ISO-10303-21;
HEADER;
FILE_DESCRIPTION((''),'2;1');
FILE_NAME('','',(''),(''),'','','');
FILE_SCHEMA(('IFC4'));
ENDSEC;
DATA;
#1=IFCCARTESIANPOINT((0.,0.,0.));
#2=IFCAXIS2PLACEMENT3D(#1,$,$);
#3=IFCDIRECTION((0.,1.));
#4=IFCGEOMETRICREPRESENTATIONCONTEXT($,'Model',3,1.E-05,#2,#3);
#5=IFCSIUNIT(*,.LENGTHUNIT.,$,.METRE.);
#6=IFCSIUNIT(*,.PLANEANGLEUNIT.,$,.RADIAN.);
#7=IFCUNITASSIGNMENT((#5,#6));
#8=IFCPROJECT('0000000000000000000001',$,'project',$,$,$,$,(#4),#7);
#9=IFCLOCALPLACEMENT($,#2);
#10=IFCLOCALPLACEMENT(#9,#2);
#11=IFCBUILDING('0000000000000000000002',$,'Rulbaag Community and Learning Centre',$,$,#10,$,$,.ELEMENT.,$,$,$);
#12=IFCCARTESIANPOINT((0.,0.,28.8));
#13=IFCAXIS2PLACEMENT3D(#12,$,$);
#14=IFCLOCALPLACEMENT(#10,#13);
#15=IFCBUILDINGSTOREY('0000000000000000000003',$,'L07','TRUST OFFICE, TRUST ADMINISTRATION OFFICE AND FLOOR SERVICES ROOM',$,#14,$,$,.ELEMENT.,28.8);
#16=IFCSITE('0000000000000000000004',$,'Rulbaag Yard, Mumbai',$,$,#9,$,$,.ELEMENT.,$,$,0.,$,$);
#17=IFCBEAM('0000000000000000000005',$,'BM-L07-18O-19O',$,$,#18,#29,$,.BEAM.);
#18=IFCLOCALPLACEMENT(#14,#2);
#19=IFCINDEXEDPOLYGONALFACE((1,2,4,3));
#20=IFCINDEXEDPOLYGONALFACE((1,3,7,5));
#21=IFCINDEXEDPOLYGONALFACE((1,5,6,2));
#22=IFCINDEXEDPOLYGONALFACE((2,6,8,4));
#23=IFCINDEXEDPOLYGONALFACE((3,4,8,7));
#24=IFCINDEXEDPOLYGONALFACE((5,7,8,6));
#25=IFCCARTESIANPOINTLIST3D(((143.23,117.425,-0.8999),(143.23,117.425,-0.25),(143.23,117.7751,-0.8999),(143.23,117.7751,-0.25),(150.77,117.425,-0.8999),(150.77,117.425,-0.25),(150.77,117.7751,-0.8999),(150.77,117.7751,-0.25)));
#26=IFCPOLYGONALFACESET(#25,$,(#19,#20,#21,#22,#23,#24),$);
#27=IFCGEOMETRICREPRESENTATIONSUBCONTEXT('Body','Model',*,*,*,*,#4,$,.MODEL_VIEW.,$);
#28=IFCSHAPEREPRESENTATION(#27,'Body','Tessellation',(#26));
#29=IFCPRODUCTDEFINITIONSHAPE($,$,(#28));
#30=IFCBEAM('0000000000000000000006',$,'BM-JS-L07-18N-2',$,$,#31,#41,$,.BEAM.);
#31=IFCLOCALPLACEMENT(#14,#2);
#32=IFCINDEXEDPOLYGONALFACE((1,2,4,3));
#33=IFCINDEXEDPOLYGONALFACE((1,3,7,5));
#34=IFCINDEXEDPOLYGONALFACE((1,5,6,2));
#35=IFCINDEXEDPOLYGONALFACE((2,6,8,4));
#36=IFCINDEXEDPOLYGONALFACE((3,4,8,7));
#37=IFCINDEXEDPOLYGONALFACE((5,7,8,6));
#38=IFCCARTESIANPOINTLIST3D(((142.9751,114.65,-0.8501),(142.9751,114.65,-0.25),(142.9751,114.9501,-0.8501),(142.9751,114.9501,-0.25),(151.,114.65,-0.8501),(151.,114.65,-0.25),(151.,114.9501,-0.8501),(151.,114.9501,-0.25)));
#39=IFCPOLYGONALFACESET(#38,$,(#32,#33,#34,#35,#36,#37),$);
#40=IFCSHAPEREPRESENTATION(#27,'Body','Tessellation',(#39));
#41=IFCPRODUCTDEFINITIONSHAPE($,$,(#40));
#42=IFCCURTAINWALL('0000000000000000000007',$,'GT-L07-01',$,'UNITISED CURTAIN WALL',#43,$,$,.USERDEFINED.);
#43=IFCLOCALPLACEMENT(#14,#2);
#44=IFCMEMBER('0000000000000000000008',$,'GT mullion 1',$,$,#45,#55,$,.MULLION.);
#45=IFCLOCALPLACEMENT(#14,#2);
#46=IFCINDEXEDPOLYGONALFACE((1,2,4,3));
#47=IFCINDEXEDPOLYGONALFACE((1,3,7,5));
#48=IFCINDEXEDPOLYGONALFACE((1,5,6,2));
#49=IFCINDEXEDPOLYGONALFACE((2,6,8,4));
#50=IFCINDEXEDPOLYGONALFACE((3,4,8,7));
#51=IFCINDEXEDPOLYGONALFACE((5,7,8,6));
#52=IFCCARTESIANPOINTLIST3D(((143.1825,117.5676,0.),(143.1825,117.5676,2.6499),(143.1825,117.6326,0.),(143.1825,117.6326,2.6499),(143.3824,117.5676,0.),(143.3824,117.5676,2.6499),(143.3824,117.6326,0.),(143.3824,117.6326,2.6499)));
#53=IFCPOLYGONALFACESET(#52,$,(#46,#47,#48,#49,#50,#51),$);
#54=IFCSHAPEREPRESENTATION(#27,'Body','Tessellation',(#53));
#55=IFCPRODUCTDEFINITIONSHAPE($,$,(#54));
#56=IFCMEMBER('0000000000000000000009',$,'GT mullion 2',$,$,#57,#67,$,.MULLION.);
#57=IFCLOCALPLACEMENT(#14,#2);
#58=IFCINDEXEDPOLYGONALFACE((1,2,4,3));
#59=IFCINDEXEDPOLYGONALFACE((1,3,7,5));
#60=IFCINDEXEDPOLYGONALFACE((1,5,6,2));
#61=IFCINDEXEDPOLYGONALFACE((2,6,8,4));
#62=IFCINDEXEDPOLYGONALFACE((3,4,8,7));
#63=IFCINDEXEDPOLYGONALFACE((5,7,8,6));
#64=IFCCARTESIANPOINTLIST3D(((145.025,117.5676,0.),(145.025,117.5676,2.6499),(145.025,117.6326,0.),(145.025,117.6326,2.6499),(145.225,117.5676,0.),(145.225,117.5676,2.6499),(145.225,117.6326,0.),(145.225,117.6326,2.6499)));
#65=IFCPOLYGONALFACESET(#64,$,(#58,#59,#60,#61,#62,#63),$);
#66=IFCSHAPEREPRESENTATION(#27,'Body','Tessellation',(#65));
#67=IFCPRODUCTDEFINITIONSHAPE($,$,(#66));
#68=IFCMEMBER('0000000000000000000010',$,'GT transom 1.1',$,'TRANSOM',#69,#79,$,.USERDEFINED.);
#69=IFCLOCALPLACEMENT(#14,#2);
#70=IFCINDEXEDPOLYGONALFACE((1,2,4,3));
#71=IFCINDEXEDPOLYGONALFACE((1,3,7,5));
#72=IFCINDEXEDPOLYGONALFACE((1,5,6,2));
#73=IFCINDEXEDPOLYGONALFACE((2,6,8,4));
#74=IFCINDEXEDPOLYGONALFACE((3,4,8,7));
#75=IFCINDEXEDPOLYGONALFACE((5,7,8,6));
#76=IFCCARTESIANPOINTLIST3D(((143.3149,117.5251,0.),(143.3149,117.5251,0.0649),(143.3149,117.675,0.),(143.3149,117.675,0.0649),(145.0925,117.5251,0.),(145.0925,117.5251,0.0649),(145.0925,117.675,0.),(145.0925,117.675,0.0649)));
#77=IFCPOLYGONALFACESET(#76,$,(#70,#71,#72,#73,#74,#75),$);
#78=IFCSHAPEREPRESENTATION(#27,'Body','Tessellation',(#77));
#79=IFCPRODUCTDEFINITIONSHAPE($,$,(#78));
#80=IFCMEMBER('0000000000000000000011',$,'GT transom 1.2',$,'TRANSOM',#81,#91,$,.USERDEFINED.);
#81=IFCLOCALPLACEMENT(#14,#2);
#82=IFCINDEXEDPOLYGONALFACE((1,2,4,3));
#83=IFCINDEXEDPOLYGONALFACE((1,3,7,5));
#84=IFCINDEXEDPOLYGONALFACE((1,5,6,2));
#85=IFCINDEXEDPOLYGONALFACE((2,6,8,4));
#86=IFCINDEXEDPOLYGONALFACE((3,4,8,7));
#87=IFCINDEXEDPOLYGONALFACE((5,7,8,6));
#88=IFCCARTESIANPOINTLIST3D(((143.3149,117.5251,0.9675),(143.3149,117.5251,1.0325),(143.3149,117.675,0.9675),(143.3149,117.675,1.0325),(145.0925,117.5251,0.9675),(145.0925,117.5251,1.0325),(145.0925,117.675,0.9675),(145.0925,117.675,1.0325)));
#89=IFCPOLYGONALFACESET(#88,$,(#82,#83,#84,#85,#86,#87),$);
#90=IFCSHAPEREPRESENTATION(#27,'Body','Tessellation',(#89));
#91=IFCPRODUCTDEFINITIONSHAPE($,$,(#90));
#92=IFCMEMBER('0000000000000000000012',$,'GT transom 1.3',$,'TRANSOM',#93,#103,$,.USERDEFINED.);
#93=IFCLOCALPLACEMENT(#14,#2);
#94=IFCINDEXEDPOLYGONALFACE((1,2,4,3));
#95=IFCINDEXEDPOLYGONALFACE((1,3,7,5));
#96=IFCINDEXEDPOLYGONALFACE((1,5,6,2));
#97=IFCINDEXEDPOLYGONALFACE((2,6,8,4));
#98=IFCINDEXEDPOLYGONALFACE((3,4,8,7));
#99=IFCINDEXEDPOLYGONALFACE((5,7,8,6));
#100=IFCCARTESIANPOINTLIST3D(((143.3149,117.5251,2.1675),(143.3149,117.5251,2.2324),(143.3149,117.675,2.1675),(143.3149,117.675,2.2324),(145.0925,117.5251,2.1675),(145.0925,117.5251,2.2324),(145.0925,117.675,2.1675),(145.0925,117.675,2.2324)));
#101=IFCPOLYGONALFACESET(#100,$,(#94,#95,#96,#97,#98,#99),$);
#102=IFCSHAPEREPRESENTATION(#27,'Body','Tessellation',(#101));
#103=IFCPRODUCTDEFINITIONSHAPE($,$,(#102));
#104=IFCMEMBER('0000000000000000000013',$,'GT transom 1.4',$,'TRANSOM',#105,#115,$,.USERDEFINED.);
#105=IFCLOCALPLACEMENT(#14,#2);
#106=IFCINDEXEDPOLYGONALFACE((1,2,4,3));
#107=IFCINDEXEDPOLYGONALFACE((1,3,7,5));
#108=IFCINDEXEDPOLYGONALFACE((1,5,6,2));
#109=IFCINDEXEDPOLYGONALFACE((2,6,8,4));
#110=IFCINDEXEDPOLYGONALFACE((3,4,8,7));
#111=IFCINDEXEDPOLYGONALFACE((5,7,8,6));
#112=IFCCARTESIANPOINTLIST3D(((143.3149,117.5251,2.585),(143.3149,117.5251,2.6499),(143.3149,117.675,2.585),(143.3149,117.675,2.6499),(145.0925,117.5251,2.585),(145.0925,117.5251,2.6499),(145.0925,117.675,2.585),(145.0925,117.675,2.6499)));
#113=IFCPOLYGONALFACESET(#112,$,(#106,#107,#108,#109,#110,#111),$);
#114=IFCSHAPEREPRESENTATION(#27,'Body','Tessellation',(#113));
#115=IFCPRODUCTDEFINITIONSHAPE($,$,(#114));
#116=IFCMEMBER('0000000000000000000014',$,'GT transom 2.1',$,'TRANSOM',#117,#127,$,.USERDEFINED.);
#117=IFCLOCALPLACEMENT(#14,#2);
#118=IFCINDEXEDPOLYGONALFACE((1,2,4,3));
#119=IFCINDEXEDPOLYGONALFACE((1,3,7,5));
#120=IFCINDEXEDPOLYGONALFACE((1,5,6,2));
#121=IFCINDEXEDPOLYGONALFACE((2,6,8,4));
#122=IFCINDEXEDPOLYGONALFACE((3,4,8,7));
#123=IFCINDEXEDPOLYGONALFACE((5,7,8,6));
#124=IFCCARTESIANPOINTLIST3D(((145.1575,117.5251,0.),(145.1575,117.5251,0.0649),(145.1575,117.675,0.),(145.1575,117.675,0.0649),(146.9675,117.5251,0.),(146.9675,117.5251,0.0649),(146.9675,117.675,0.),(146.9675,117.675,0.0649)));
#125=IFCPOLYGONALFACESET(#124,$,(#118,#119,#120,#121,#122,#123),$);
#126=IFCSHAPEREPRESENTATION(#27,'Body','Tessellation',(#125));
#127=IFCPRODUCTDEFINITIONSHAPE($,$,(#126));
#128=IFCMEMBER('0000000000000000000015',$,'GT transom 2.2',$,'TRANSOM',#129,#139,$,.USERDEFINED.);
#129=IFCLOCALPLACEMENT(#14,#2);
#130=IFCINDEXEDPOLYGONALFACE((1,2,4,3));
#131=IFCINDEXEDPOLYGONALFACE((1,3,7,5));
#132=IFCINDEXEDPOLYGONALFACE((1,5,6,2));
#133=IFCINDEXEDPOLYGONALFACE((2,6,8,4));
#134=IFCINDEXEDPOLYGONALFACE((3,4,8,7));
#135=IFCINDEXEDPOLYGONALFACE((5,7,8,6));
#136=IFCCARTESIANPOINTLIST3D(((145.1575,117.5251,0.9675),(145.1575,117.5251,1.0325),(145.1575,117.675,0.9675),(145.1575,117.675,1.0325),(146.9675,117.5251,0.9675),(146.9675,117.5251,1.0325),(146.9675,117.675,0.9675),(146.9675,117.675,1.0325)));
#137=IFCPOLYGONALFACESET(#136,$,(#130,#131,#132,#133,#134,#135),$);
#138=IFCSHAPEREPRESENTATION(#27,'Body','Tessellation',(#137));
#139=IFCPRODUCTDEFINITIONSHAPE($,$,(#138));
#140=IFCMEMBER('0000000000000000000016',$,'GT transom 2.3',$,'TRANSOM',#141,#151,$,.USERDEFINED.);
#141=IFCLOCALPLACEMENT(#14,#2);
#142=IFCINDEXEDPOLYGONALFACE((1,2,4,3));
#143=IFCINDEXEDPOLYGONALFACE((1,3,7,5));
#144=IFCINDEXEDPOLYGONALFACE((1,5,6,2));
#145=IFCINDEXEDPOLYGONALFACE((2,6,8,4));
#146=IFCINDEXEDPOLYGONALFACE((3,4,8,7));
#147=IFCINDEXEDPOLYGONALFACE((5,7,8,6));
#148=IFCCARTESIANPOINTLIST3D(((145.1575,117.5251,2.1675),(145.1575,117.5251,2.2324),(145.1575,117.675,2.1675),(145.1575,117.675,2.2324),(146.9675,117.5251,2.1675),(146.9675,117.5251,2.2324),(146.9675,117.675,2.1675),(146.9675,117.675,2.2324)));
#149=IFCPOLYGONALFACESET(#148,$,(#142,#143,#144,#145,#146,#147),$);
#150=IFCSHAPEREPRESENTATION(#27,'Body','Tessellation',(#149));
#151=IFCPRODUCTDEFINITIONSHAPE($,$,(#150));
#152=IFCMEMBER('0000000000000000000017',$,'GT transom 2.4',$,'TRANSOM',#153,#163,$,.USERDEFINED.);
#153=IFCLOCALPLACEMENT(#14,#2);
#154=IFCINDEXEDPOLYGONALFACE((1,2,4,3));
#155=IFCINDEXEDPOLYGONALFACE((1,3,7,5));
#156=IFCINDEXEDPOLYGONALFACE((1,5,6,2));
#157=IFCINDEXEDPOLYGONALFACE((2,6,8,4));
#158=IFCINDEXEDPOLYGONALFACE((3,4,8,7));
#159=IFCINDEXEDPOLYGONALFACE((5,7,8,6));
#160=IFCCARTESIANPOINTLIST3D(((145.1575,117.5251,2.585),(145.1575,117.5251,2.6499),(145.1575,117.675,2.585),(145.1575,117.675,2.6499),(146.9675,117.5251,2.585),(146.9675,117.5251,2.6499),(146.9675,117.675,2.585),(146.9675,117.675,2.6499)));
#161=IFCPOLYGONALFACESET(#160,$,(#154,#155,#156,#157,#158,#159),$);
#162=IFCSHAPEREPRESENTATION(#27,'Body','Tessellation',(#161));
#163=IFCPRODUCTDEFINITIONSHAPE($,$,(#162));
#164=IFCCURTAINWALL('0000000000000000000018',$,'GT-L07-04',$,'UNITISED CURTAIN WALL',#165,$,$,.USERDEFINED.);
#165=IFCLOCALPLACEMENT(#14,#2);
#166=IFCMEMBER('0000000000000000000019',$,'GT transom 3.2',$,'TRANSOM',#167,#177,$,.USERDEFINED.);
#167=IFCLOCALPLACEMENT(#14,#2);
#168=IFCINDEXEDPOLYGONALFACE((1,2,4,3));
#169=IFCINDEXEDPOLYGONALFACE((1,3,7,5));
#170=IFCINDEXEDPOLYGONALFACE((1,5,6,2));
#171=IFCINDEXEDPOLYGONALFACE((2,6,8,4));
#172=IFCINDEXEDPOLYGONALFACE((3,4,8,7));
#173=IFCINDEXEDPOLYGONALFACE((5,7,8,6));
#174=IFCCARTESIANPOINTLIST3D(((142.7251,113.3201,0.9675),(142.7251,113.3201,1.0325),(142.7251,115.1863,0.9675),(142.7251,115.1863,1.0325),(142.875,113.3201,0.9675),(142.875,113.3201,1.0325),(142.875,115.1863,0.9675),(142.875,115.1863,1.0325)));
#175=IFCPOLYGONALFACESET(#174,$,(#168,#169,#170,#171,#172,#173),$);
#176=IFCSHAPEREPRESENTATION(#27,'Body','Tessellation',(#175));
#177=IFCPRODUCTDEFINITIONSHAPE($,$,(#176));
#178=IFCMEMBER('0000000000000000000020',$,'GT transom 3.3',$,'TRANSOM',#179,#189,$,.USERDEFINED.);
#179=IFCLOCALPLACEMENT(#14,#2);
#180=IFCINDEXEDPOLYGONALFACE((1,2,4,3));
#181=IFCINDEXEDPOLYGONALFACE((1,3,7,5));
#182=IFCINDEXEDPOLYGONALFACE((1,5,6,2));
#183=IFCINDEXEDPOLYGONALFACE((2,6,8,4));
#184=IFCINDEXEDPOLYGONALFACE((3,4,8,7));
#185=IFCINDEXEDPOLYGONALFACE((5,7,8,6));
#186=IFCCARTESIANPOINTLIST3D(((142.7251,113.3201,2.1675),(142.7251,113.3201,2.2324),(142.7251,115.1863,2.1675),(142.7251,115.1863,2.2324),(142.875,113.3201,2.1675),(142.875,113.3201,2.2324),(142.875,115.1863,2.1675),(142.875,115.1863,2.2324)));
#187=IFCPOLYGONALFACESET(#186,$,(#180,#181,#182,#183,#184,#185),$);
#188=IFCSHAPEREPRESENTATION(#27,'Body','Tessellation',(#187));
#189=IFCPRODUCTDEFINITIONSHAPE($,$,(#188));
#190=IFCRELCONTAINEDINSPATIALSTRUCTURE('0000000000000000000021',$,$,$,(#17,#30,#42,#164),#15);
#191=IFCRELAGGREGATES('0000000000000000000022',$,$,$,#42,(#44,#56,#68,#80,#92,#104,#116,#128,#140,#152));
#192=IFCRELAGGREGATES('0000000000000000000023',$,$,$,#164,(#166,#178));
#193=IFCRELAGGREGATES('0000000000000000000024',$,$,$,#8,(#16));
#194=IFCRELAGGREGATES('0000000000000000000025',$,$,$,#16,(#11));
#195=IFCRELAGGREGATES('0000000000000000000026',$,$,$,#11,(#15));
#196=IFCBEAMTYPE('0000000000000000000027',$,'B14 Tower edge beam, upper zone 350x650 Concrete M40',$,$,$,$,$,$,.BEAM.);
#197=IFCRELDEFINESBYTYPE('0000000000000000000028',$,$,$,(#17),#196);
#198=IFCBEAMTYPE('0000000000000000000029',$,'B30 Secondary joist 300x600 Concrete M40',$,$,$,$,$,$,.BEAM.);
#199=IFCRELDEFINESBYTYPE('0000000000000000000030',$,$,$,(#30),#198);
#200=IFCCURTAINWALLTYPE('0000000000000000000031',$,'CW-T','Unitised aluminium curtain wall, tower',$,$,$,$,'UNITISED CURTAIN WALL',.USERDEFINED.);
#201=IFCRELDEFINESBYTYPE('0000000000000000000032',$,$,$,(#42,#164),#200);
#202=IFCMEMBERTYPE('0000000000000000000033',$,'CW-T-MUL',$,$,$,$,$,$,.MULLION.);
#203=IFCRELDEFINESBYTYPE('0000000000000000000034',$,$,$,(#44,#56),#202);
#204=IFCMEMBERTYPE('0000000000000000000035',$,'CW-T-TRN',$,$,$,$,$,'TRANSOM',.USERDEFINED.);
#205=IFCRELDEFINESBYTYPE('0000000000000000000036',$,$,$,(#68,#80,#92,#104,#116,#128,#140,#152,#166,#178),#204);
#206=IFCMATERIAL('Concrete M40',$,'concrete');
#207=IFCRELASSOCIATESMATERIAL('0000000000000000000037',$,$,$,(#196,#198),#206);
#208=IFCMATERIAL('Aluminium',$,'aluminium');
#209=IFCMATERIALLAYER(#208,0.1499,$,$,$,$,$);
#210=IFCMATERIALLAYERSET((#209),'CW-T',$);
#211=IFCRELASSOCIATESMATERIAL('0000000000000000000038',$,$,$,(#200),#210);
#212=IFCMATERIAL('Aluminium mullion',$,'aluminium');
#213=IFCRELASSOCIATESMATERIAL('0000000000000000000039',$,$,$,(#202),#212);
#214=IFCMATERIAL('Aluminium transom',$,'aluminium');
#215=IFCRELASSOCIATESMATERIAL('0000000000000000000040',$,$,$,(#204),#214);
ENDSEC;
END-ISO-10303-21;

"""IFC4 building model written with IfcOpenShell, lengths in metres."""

from ifc_helpers import new_model, si_unit, direction, frame, origin, origin_2d, place, context, subcontext, project, spatial, rectangle, extrude, material, layer, layer_set, material_profile, profile_set, type_object, element, aggregate, save


model = new_model("IFC4")

# Units and contexts
model_context = context("Model", 3, precision=1e-05, world=origin(), true_north=direction((0.0, 1.0)))
body_context = subcontext(model_context, "Body", "Model", "MODEL_VIEW")
ifc_project = project(units=[si_unit("LENGTHUNIT", "METRE"), si_unit("PLANEANGLEUNIT", "RADIAN")], contexts=[model_context])

# Site, building, storey
site_placement = place(None, origin())
site = spatial("IfcSite", under=ifc_project, at=site_placement, Name="Rulbaag Yard, Mumbai", CompositionType="ELEMENT", RefElevation=0.0)
building_placement = place(site_placement, origin())
building = spatial("IfcBuilding", under=site, at=building_placement, Name="Rulbaag Community and Learning Centre", CompositionType="ELEMENT")
storey_placement = place(building_placement, frame((0.0, 0.0, 28.8)))
storey = spatial("IfcBuildingStorey", under=building, at=storey_placement, Name="L07", Description="TRUST OFFICE, TRUST ADMINISTRATION OFFICE AND FLOOR SERVICES ROOM", CompositionType="ELEMENT", Elevation=28.8)

# Beams
ifc_material_1 = material(Name="Concrete M40", Category="concrete")
ifc_material_profile_1 = material_profile(ifc_material_1, rectangle(XDim=0.3501, YDim=0.6499, at=origin_2d()), Name="RB350x650")
ifc_profile_set_1 = profile_set([ifc_material_profile_1], Name="Concrete M40")
beam_type_1 = type_object("IfcBeamType", Name="B14 Tower edge beam, upper zone 350x650 Concrete M40", PredefinedType="BEAM", material=ifc_profile_set_1)
beam_1_placement = place(storey_placement, frame((143.23, 117.6001, -0.575), z_axis=(1.0, 0.0, 0.0), x_axis=(0.0, 1.0, 0.0)))
element("IfcBeam", 1, at=beam_1_placement, inside=storey, type_object=beam_type_1, Name="BM-L07-18O-19O", PredefinedType="BEAM", context=body_context, shape_type="SweptSolid", body=[
    extrude(rectangle(XDim=0.3501, YDim=0.6499, at=origin_2d()), origin(), (0.0, 0.0, 1.0), 7.54),
])
ifc_material_profile_2 = material_profile(ifc_material_1, rectangle(XDim=0.3, YDim=0.6001, at=origin_2d()), Name="RB300x600")
ifc_profile_set_2 = profile_set([ifc_material_profile_2], Name="Concrete M40")
beam_type_2 = type_object("IfcBeamType", Name="B30 Secondary joist 300x600 Concrete M40", PredefinedType="BEAM", material=ifc_profile_set_2)
beam_2_placement = place(storey_placement, frame((142.9751, 114.8, -0.55), z_axis=(1.0, 0.0, 0.0), x_axis=(0.0, 1.0, 0.0)))
element("IfcBeam", 2, at=beam_2_placement, inside=storey, type_object=beam_type_2, Name="BM-JS-L07-18N-2", PredefinedType="BEAM", context=body_context, shape_type="SweptSolid", body=[
    extrude(rectangle(XDim=0.3, YDim=0.6001, at=origin_2d()), origin(), (0.0, 0.0, 1.0), 8.0249),
])

# Curtain walls, members
ifc_material_2 = material(Name="Aluminium", Category="aluminium")
ifc_layer_1 = layer(ifc_material_2, 0.1499)
ifc_layer_set_1 = layer_set([ifc_layer_1], Name="CW-T")
curtain_wall_type = type_object("IfcCurtainWallType", Name="CW-T", Description="Unitised aluminium curtain wall, tower", ElementType="UNITISED CURTAIN WALL", PredefinedType="USERDEFINED", material=ifc_layer_set_1)
curtain_wall_1_placement = place(storey_placement, origin())
curtain_wall_1 = element("IfcCurtainWall", 3, at=curtain_wall_1_placement, inside=storey, type_object=curtain_wall_type, Name="GT-L07-01", ObjectType="UNITISED CURTAIN WALL", PredefinedType="USERDEFINED")
ifc_material_3 = material(Name="Aluminium mullion", Category="aluminium")
ifc_material_profile_3 = material_profile(ifc_material_3, rectangle(XDim=0.0649, YDim=0.2, at=origin_2d()), Name="AL 65x200")
ifc_profile_set_3 = profile_set([ifc_material_profile_3], Name="Aluminium mullion")
member_type_1 = type_object("IfcMemberType", Name="CW-T-MUL", PredefinedType="MULLION", material=ifc_profile_set_3)
member_1_placement = place(storey_placement, frame((143.2825, 117.6001, 0.0), z_axis=(0.0, 0.0, 1.0), x_axis=(0.0, 1.0, 0.0)))
member_1 = element("IfcMember", 4, at=member_1_placement, type_object=member_type_1, Name="GT mullion 1", PredefinedType="MULLION", context=body_context, shape_type="SweptSolid", body=[
    extrude(rectangle(XDim=0.0649, YDim=0.2, at=origin_2d()), origin(), (0.0, 0.0, 1.0), 2.6499),
])
member_2_placement = place(storey_placement, frame((145.125, 117.6001, 0.0), z_axis=(0.0, 0.0, 1.0), x_axis=(0.0, 1.0, 0.0)))
member_2 = element("IfcMember", 5, at=member_2_placement, type_object=member_type_1, Name="GT mullion 2", PredefinedType="MULLION", context=body_context, shape_type="SweptSolid", body=[
    extrude(rectangle(XDim=0.0649, YDim=0.2, at=origin_2d()), origin(), (0.0, 0.0, 1.0), 2.6499),
])
ifc_material_4 = material(Name="Aluminium transom", Category="aluminium")
ifc_material_profile_4 = material_profile(ifc_material_4, rectangle(XDim=0.1499, YDim=0.0649, at=origin_2d()), Name="AL 65x150 T")
ifc_profile_set_4 = profile_set([ifc_material_profile_4], Name="Aluminium transom")
member_type_2 = type_object("IfcMemberType", Name="CW-T-TRN", ElementType="TRANSOM", PredefinedType="USERDEFINED", material=ifc_profile_set_4)
member_3_placement = place(storey_placement, frame((143.3149, 117.6001, 0.0325), z_axis=(1.0, 0.0, 0.0), x_axis=(0.0, 1.0, 0.0)))
member_3 = element("IfcMember", 6, at=member_3_placement, type_object=member_type_2, Name="GT transom 1.1", ObjectType="TRANSOM", PredefinedType="USERDEFINED", context=body_context, shape_type="SweptSolid", body=[
    extrude(rectangle(XDim=0.1499, YDim=0.0649, at=origin_2d()), origin(), (0.0, 0.0, 1.0), 1.7776),
])
member_4_placement = place(storey_placement, frame((143.3149, 117.6001, 1.0), z_axis=(1.0, 0.0, 0.0), x_axis=(0.0, 1.0, 0.0)))
member_4 = element("IfcMember", 7, at=member_4_placement, type_object=member_type_2, Name="GT transom 1.2", ObjectType="TRANSOM", PredefinedType="USERDEFINED", context=body_context, shape_type="SweptSolid", body=[
    extrude(rectangle(XDim=0.1499, YDim=0.0649, at=origin_2d()), origin(), (0.0, 0.0, 1.0), 1.7776),
])
member_5_placement = place(storey_placement, frame((143.3149, 117.6001, 2.2), z_axis=(1.0, 0.0, 0.0), x_axis=(0.0, 1.0, 0.0)))
member_5 = element("IfcMember", 8, at=member_5_placement, type_object=member_type_2, Name="GT transom 1.3", ObjectType="TRANSOM", PredefinedType="USERDEFINED", context=body_context, shape_type="SweptSolid", body=[
    extrude(rectangle(XDim=0.1499, YDim=0.0649, at=origin_2d()), origin(), (0.0, 0.0, 1.0), 1.7776),
])
member_6_placement = place(storey_placement, frame((143.3149, 117.6001, 2.6174), z_axis=(1.0, 0.0, 0.0), x_axis=(0.0, 1.0, 0.0)))
member_6 = element("IfcMember", 9, at=member_6_placement, type_object=member_type_2, Name="GT transom 1.4", ObjectType="TRANSOM", PredefinedType="USERDEFINED", context=body_context, shape_type="SweptSolid", body=[
    extrude(rectangle(XDim=0.1499, YDim=0.0649, at=origin_2d()), origin(), (0.0, 0.0, 1.0), 1.7776),
])
member_7_placement = place(storey_placement, frame((145.1575, 117.6001, 0.0325), z_axis=(1.0, 0.0, 0.0), x_axis=(0.0, 1.0, 0.0)))
member_7 = element("IfcMember", 10, at=member_7_placement, type_object=member_type_2, Name="GT transom 2.1", ObjectType="TRANSOM", PredefinedType="USERDEFINED", context=body_context, shape_type="SweptSolid", body=[
    extrude(rectangle(XDim=0.1499, YDim=0.0649, at=origin_2d()), origin(), (0.0, 0.0, 1.0), 1.8101),
])
member_8_placement = place(storey_placement, frame((145.1575, 117.6001, 1.0), z_axis=(1.0, 0.0, 0.0), x_axis=(0.0, 1.0, 0.0)))
member_8 = element("IfcMember", 11, at=member_8_placement, type_object=member_type_2, Name="GT transom 2.2", ObjectType="TRANSOM", PredefinedType="USERDEFINED", context=body_context, shape_type="SweptSolid", body=[
    extrude(rectangle(XDim=0.1499, YDim=0.0649, at=origin_2d()), origin(), (0.0, 0.0, 1.0), 1.8101),
])
member_9_placement = place(storey_placement, frame((145.1575, 117.6001, 2.2), z_axis=(1.0, 0.0, 0.0), x_axis=(0.0, 1.0, 0.0)))
member_9 = element("IfcMember", 12, at=member_9_placement, type_object=member_type_2, Name="GT transom 2.3", ObjectType="TRANSOM", PredefinedType="USERDEFINED", context=body_context, shape_type="SweptSolid", body=[
    extrude(rectangle(XDim=0.1499, YDim=0.0649, at=origin_2d()), origin(), (0.0, 0.0, 1.0), 1.8101),
])
member_10_placement = place(storey_placement, frame((145.1575, 117.6001, 2.6174), z_axis=(1.0, 0.0, 0.0), x_axis=(0.0, 1.0, 0.0)))
member_10 = element("IfcMember", 13, at=member_10_placement, type_object=member_type_2, Name="GT transom 2.4", ObjectType="TRANSOM", PredefinedType="USERDEFINED", context=body_context, shape_type="SweptSolid", body=[
    extrude(rectangle(XDim=0.1499, YDim=0.0649, at=origin_2d()), origin(), (0.0, 0.0, 1.0), 1.8101),
])
curtain_wall_2_placement = place(storey_placement, origin())
curtain_wall_2 = element("IfcCurtainWall", 14, at=curtain_wall_2_placement, inside=storey, type_object=curtain_wall_type, Name="GT-L07-04", ObjectType="UNITISED CURTAIN WALL", PredefinedType="USERDEFINED")
member_11_placement = place(storey_placement, frame((142.8, 113.3201, 1.0), z_axis=(0.0, 1.0, 0.0), x_axis=(-1.0, 0.0, 0.0)))
member_11 = element("IfcMember", 15, at=member_11_placement, type_object=member_type_2, Name="GT transom 3.2", ObjectType="TRANSOM", PredefinedType="USERDEFINED", context=body_context, shape_type="SweptSolid", body=[
    extrude(rectangle(XDim=0.1499, YDim=0.0649, at=origin_2d()), origin(), (0.0, 0.0, 1.0), 1.8662),
])
member_12_placement = place(storey_placement, frame((142.8, 113.3201, 2.2), z_axis=(0.0, 1.0, 0.0), x_axis=(-1.0, 0.0, 0.0)))
member_12 = element("IfcMember", 16, at=member_12_placement, type_object=member_type_2, Name="GT transom 3.3", ObjectType="TRANSOM", PredefinedType="USERDEFINED", context=body_context, shape_type="SweptSolid", body=[
    extrude(rectangle(XDim=0.1499, YDim=0.0649, at=origin_2d()), origin(), (0.0, 0.0, 1.0), 1.8662),
])

aggregate(curtain_wall_1, [member_1, member_2, member_3, member_4, member_5, member_6, member_7, member_8, member_9, member_10])
aggregate(curtain_wall_2, [member_11, member_12])

save(model, "model.ifc")
